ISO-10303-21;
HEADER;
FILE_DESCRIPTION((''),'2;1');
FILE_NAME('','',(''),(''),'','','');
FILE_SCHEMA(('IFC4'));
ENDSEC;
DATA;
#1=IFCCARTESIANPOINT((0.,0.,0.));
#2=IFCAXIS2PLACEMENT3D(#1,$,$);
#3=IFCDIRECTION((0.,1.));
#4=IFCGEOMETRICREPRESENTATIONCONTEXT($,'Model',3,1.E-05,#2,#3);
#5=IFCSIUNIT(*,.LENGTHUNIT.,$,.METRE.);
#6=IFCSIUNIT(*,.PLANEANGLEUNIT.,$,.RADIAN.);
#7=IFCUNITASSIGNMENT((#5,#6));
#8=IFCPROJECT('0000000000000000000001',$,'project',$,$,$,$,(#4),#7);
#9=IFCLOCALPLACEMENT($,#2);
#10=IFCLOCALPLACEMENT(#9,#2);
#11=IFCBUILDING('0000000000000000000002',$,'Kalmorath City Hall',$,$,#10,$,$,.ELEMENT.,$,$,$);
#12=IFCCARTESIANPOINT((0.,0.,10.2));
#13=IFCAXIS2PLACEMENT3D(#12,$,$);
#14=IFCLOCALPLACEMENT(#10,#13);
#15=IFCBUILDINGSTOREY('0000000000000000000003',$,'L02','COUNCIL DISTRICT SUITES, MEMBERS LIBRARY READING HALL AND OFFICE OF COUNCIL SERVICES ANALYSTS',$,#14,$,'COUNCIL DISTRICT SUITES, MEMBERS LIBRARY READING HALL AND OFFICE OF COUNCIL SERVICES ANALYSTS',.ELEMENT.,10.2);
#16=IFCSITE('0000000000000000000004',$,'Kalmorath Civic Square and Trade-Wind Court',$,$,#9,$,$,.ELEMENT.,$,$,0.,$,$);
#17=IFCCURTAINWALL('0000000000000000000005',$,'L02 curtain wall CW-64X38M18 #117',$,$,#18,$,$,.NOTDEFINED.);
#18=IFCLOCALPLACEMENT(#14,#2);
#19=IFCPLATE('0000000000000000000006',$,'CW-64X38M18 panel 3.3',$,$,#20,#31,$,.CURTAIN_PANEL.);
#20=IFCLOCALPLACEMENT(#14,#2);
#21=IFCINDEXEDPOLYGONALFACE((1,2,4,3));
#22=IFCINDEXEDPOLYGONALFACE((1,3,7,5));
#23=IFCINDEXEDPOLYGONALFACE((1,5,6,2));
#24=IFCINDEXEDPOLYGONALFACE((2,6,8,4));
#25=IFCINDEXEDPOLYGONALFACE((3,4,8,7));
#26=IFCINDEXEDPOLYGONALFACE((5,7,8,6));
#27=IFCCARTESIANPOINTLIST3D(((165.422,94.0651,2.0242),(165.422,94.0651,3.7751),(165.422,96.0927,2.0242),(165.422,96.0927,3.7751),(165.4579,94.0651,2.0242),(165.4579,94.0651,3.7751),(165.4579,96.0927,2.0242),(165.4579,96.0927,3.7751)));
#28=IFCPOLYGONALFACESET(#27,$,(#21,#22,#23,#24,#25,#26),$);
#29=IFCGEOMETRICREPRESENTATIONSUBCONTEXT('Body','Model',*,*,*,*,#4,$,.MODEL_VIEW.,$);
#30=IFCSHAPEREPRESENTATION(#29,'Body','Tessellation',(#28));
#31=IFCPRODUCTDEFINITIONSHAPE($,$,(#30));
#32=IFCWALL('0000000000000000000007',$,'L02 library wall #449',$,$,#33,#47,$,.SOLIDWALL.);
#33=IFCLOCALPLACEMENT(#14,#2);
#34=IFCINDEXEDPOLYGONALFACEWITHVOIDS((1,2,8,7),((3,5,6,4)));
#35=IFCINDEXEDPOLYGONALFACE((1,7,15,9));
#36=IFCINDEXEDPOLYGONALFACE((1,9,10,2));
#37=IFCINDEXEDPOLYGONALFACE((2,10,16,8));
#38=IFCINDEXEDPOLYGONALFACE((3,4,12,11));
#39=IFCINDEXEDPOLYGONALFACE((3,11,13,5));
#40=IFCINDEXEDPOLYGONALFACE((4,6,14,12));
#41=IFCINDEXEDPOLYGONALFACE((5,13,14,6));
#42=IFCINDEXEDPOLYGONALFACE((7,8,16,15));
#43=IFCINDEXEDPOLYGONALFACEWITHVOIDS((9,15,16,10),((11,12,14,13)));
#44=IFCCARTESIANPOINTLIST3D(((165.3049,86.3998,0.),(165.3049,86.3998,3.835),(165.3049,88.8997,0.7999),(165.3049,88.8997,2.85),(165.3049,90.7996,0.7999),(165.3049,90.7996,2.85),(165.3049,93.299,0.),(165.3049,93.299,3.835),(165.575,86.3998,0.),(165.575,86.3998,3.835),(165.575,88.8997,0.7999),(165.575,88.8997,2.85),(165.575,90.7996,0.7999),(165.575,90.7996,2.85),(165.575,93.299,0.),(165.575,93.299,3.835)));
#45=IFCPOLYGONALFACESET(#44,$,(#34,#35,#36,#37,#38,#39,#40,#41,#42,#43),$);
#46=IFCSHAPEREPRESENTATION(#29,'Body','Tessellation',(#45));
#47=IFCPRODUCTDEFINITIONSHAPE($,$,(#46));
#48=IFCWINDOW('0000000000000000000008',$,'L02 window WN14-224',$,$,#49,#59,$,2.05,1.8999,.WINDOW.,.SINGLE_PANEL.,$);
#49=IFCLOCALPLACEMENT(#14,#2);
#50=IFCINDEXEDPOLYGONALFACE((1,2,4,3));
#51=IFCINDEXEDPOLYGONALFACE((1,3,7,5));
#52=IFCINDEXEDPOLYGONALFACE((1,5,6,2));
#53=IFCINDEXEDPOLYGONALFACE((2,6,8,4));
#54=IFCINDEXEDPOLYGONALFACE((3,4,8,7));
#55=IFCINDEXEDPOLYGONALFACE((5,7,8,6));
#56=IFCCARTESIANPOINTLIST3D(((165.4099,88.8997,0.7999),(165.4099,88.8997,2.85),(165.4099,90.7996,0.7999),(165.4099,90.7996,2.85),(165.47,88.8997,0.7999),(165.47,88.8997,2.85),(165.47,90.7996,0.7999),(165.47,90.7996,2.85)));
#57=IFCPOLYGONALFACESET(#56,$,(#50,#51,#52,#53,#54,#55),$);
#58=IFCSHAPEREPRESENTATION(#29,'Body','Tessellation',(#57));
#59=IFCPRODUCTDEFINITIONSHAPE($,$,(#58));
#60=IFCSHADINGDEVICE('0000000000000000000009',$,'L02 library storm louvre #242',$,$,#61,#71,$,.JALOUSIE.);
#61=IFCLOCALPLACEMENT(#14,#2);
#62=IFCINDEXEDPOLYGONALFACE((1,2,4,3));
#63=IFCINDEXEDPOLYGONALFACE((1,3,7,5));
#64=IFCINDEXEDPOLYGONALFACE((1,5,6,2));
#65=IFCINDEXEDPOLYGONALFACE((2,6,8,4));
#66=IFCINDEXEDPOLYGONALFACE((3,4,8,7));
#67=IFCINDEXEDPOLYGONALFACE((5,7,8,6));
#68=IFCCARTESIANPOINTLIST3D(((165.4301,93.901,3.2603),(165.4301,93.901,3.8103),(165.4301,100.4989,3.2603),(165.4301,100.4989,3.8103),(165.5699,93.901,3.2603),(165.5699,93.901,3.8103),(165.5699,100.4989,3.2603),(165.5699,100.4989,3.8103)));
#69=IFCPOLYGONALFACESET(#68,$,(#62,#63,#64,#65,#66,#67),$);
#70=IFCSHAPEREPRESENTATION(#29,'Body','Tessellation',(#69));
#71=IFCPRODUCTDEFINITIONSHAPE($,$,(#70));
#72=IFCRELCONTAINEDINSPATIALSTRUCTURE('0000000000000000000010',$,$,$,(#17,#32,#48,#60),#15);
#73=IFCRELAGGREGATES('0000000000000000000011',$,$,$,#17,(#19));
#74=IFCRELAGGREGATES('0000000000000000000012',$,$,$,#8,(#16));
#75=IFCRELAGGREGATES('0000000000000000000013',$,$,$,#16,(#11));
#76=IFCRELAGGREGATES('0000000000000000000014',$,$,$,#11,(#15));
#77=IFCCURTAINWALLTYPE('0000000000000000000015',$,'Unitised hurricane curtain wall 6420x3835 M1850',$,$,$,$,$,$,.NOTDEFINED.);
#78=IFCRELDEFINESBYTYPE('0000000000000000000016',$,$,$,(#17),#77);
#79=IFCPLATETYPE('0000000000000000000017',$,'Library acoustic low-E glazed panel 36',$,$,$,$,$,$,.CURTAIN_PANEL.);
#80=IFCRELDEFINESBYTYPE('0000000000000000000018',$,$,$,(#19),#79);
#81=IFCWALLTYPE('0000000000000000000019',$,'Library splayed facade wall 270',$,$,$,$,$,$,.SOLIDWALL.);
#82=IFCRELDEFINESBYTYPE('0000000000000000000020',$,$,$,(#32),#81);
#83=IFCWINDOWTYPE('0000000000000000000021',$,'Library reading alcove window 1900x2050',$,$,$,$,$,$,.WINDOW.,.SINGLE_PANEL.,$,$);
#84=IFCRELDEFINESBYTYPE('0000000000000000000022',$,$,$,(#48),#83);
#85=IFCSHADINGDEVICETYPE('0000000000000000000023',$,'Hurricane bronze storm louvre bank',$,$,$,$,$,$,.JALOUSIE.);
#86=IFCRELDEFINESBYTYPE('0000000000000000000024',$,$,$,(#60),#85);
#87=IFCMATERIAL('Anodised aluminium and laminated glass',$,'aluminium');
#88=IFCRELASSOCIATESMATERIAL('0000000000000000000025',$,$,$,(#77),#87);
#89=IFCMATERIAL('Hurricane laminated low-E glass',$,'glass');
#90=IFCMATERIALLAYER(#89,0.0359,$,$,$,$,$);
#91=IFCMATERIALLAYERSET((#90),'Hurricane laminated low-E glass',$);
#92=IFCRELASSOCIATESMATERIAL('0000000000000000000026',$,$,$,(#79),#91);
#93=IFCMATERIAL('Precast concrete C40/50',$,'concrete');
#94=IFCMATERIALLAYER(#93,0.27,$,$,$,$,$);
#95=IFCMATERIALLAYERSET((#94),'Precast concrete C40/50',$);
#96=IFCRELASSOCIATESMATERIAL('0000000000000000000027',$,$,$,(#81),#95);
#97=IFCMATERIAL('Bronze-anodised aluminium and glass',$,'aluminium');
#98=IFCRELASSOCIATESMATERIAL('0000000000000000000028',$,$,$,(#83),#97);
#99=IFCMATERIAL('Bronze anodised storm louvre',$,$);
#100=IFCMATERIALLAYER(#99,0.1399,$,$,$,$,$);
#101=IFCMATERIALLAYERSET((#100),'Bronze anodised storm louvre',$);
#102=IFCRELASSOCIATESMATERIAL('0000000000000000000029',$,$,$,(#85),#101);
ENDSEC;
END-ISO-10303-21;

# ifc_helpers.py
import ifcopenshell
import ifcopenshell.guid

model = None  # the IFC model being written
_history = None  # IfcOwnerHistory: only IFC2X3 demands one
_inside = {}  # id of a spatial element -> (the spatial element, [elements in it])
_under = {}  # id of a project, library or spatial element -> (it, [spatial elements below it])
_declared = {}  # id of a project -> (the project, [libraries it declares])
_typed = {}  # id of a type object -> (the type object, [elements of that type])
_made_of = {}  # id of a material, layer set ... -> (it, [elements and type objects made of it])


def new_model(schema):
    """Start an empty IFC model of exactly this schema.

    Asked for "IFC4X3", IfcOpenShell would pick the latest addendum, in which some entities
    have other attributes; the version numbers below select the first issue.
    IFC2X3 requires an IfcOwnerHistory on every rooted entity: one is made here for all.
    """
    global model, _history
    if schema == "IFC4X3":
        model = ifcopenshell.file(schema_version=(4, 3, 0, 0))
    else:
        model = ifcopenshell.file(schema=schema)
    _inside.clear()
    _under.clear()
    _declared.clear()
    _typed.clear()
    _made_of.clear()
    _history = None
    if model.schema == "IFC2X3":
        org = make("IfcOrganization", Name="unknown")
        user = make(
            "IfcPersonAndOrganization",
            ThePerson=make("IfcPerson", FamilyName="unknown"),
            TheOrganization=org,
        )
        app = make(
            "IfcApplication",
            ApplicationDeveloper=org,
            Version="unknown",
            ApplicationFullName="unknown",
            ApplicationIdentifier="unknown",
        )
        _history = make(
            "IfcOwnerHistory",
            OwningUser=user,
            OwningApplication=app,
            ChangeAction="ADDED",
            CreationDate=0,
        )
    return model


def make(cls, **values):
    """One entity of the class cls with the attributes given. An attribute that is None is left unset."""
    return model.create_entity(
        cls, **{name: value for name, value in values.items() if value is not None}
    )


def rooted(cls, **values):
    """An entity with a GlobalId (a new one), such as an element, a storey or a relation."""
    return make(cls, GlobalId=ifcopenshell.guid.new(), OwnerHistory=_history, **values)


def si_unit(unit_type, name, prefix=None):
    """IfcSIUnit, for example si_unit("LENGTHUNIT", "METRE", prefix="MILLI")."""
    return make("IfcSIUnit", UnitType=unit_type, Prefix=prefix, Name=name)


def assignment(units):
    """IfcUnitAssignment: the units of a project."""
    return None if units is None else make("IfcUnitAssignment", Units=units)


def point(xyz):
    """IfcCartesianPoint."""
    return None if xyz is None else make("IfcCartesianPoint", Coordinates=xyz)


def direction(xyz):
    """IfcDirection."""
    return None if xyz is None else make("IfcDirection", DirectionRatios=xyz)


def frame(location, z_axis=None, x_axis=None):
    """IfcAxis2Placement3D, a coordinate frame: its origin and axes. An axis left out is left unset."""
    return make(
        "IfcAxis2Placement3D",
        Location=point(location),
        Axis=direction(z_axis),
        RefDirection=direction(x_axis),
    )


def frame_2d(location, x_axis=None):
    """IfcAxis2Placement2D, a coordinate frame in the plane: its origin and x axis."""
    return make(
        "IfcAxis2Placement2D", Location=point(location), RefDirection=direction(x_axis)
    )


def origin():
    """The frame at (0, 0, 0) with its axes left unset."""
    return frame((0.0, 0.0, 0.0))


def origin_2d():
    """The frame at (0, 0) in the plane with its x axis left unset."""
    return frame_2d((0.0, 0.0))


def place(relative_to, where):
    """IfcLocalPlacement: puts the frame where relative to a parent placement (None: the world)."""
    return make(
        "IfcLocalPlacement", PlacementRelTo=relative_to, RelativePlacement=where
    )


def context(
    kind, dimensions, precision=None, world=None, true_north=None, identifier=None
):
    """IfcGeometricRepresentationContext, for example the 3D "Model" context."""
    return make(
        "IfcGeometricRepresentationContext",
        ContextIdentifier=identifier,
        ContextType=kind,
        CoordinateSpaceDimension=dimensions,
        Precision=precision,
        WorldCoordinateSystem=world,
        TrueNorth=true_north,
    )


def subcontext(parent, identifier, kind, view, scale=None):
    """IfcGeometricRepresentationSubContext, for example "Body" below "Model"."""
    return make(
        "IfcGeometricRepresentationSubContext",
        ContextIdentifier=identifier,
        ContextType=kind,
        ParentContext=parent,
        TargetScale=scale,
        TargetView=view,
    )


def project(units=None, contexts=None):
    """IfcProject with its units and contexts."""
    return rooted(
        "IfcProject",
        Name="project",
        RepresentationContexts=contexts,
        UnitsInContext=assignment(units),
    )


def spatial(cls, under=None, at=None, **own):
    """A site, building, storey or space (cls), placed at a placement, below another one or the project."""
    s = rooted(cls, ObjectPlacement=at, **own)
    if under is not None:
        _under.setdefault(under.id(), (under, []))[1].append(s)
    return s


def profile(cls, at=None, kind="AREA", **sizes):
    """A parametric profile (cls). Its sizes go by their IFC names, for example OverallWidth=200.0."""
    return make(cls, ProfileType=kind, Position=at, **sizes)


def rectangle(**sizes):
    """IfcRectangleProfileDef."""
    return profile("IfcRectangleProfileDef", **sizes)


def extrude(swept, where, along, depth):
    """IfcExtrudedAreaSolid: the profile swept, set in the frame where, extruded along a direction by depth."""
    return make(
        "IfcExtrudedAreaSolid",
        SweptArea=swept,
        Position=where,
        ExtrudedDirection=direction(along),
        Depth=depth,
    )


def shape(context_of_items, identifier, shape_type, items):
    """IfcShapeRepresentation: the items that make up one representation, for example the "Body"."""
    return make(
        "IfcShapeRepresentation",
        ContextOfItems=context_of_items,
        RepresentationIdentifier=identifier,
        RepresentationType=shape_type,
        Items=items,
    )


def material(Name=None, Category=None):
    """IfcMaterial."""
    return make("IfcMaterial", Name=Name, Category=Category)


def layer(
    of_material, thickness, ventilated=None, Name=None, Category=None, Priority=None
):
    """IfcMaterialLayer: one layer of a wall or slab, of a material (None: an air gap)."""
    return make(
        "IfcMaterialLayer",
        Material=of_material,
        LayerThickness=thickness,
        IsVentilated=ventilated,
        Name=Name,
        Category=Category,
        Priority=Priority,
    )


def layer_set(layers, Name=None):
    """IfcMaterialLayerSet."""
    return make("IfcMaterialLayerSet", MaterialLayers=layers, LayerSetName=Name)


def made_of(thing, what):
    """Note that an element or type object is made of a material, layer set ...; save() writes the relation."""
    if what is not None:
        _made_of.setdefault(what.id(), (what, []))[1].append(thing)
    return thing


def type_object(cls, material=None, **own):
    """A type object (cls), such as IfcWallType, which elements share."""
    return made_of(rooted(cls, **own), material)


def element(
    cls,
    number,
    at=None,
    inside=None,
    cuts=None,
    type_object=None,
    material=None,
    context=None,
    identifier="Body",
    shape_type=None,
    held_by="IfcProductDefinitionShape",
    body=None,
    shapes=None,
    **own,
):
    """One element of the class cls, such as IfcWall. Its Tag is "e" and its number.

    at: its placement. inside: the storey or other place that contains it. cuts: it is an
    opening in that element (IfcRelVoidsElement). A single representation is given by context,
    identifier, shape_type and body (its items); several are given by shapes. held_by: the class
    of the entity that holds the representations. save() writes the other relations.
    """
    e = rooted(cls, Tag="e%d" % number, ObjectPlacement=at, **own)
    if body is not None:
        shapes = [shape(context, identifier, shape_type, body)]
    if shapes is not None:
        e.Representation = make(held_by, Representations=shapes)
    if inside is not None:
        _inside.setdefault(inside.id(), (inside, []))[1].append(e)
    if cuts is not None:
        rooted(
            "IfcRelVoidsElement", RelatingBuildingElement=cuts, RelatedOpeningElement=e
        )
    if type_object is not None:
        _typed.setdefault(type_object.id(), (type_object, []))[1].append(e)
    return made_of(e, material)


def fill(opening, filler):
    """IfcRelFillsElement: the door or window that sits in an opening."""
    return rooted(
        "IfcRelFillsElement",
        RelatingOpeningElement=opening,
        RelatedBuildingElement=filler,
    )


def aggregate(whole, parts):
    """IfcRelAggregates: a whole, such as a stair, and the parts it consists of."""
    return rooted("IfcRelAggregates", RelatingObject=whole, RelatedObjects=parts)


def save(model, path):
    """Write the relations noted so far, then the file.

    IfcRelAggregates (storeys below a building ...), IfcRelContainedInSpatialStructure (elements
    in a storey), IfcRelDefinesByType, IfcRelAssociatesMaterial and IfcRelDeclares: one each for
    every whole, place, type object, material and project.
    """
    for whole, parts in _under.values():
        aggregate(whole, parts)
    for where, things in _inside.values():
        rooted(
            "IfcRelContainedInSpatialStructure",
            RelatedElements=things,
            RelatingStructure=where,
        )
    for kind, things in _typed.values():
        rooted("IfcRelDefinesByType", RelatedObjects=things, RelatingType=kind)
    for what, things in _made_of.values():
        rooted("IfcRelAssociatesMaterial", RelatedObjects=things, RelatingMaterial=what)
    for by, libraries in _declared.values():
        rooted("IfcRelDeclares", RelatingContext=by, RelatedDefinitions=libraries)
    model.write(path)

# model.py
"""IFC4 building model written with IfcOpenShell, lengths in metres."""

from ifc_helpers import new_model, si_unit, direction, frame, frame_2d, origin, origin_2d, place, context, subcontext, project, spatial, rectangle, extrude, material, layer, layer_set, type_object, element, fill, aggregate, save


model = new_model("IFC4")

# Units and contexts
model_context = context("Model", 3, precision=1e-05, world=origin(), true_north=direction((0.0, 1.0)))
body_context = subcontext(model_context, "Body", "Model", "MODEL_VIEW")
ifc_project = project(units=[si_unit("LENGTHUNIT", "METRE"), si_unit("PLANEANGLEUNIT", "RADIAN")], contexts=[model_context])

# Site, building, storey
site_placement = place(None, origin())
site = spatial("IfcSite", under=ifc_project, at=site_placement, Name="Kalmorath Civic Square and Trade-Wind Court", CompositionType="ELEMENT", RefElevation=0.0)
building_placement = place(site_placement, origin())
building = spatial("IfcBuilding", under=site, at=building_placement, Name="Kalmorath City Hall", CompositionType="ELEMENT")
storey_placement = place(building_placement, frame((0.0, 0.0, 10.2)))
storey = spatial("IfcBuildingStorey", under=building, at=storey_placement, Name="L02", Description="COUNCIL DISTRICT SUITES, MEMBERS LIBRARY READING HALL AND OFFICE OF COUNCIL SERVICES ANALYSTS", LongName="COUNCIL DISTRICT SUITES, MEMBERS LIBRARY READING HALL AND OFFICE OF COUNCIL SERVICES ANALYSTS", CompositionType="ELEMENT", Elevation=10.2)

# Curtain wall
ifc_material_1 = material(Name="Anodised aluminium and laminated glass", Category="aluminium")
curtain_wall_type = type_object("IfcCurtainWallType", Name="Unitised hurricane curtain wall 6420x3835 M1850", PredefinedType="NOTDEFINED", material=ifc_material_1)
curtain_wall_placement = place(storey_placement, origin())
curtain_wall = element("IfcCurtainWall", 1, at=curtain_wall_placement, inside=storey, type_object=curtain_wall_type, Name="L02 curtain wall CW-64X38M18 #117", PredefinedType="NOTDEFINED")

# Plate
ifc_material_2 = material(Name="Hurricane laminated low-E glass", Category="glass")
ifc_layer_1 = layer(ifc_material_2, 0.0359)
ifc_layer_set_1 = layer_set([ifc_layer_1], Name="Hurricane laminated low-E glass")
plate_type = type_object("IfcPlateType", Name="Library acoustic low-E glazed panel 36", PredefinedType="CURTAIN_PANEL", material=ifc_layer_set_1)
plate_1_placement = place(storey_placement, frame((165.4399, 95.0789, 2.0242), z_axis=(0.0, 0.0, 1.0), x_axis=(0.0, -1.0, 0.0)))
plate_1 = element("IfcPlate", 2, at=plate_1_placement, type_object=plate_type, Name="CW-64X38M18 panel 3.3", PredefinedType="CURTAIN_PANEL", context=body_context, shape_type="SweptSolid", body=[
    extrude(rectangle(XDim=2.0276, YDim=0.0359, at=origin_2d()), origin(), (0.0, 0.0, 1.0), 1.751),
])
aggregate(curtain_wall, [plate_1])

# Wall, opening, window
ifc_material_3 = material(Name="Precast concrete C40/50", Category="concrete")
ifc_layer_2 = layer(ifc_material_3, 0.27)
ifc_layer_set_2 = layer_set([ifc_layer_2], Name="Precast concrete C40/50")
wall_type = type_object("IfcWallType", Name="Library splayed facade wall 270", PredefinedType="SOLIDWALL", material=ifc_layer_set_2)
wall_placement = place(storey_placement, frame((165.4399, 93.2991, 0.0), z_axis=(0.0, 0.0, 1.0), x_axis=(0.0, -1.0, 0.0)))
wall = element("IfcWall", 3, at=wall_placement, inside=storey, type_object=wall_type, Name="L02 library wall #449", PredefinedType="SOLIDWALL", context=body_context, shape_type="SweptSolid", body=[
    extrude(rectangle(XDim=6.8992, YDim=0.27, at=frame_2d((3.4497, 0.0))), origin(), (0.0, 0.0, 1.0), 3.835),
])
opening_placement = place(wall_placement, frame((2.4995, 0.0, 0.8)))
opening = element("IfcOpeningElement", 4, at=opening_placement, cuts=wall, PredefinedType="OPENING", context=body_context, shape_type="SweptSolid", body=[
    extrude(rectangle(XDim=1.8999, YDim=2.05, at=frame_2d((0.95, 1.0249))), frame((0.0, 0.145, 0.0), z_axis=(0.0, -1.0, 0.0), x_axis=(1.0, 0.0, 0.0)), (0.0, 0.0, 1.0), 0.29),
])
ifc_material_4 = material(Name="Bronze-anodised aluminium and glass", Category="aluminium")
window_type = type_object("IfcWindowType", Name="Library reading alcove window 1900x2050", PartitioningType="SINGLE_PANEL", PredefinedType="WINDOW", material=ifc_material_4)
window_placement = place(opening_placement, origin())
window = element("IfcWindow", 5, at=window_placement, inside=storey, type_object=window_type, Name="L02 window WN14-224", OverallHeight=2.05, OverallWidth=1.8999, PartitioningType="SINGLE_PANEL", PredefinedType="WINDOW", context=body_context, shape_type="SweptSolid", body=[
    extrude(rectangle(XDim=1.8999, YDim=2.05, at=frame_2d((0.95, 1.0249))), frame((0.0, 0.03, 0.0), z_axis=(0.0, -1.0, 0.0), x_axis=(1.0, 0.0, 0.0)), (0.0, 0.0, 1.0), 0.0601),
])
fill(opening, window)

# Shading device
ifc_material_5 = material(Name="Bronze anodised storm louvre")
ifc_layer_3 = layer(ifc_material_5, 0.1399)
ifc_layer_set_3 = layer_set([ifc_layer_3], Name="Bronze anodised storm louvre")
shading_device_type = type_object("IfcShadingDeviceType", Name="Hurricane bronze storm louvre bank", PredefinedType="JALOUSIE", material=ifc_layer_set_3)
shading_device_placement = place(storey_placement, frame((165.5, 97.2, 3.2603), z_axis=(0.0, 0.0, 1.0), x_axis=(0.0, -1.0, 0.0)))
element("IfcShadingDevice", 6, at=shading_device_placement, inside=storey, type_object=shading_device_type, Name="L02 library storm louvre #242", PredefinedType="JALOUSIE", context=body_context, shape_type="SweptSolid", body=[
    extrude(rectangle(XDim=6.5979, YDim=0.1399, at=origin_2d()), origin(), (0.0, 0.0, 1.0), 0.55),
])

save(model, "model.ifc")
